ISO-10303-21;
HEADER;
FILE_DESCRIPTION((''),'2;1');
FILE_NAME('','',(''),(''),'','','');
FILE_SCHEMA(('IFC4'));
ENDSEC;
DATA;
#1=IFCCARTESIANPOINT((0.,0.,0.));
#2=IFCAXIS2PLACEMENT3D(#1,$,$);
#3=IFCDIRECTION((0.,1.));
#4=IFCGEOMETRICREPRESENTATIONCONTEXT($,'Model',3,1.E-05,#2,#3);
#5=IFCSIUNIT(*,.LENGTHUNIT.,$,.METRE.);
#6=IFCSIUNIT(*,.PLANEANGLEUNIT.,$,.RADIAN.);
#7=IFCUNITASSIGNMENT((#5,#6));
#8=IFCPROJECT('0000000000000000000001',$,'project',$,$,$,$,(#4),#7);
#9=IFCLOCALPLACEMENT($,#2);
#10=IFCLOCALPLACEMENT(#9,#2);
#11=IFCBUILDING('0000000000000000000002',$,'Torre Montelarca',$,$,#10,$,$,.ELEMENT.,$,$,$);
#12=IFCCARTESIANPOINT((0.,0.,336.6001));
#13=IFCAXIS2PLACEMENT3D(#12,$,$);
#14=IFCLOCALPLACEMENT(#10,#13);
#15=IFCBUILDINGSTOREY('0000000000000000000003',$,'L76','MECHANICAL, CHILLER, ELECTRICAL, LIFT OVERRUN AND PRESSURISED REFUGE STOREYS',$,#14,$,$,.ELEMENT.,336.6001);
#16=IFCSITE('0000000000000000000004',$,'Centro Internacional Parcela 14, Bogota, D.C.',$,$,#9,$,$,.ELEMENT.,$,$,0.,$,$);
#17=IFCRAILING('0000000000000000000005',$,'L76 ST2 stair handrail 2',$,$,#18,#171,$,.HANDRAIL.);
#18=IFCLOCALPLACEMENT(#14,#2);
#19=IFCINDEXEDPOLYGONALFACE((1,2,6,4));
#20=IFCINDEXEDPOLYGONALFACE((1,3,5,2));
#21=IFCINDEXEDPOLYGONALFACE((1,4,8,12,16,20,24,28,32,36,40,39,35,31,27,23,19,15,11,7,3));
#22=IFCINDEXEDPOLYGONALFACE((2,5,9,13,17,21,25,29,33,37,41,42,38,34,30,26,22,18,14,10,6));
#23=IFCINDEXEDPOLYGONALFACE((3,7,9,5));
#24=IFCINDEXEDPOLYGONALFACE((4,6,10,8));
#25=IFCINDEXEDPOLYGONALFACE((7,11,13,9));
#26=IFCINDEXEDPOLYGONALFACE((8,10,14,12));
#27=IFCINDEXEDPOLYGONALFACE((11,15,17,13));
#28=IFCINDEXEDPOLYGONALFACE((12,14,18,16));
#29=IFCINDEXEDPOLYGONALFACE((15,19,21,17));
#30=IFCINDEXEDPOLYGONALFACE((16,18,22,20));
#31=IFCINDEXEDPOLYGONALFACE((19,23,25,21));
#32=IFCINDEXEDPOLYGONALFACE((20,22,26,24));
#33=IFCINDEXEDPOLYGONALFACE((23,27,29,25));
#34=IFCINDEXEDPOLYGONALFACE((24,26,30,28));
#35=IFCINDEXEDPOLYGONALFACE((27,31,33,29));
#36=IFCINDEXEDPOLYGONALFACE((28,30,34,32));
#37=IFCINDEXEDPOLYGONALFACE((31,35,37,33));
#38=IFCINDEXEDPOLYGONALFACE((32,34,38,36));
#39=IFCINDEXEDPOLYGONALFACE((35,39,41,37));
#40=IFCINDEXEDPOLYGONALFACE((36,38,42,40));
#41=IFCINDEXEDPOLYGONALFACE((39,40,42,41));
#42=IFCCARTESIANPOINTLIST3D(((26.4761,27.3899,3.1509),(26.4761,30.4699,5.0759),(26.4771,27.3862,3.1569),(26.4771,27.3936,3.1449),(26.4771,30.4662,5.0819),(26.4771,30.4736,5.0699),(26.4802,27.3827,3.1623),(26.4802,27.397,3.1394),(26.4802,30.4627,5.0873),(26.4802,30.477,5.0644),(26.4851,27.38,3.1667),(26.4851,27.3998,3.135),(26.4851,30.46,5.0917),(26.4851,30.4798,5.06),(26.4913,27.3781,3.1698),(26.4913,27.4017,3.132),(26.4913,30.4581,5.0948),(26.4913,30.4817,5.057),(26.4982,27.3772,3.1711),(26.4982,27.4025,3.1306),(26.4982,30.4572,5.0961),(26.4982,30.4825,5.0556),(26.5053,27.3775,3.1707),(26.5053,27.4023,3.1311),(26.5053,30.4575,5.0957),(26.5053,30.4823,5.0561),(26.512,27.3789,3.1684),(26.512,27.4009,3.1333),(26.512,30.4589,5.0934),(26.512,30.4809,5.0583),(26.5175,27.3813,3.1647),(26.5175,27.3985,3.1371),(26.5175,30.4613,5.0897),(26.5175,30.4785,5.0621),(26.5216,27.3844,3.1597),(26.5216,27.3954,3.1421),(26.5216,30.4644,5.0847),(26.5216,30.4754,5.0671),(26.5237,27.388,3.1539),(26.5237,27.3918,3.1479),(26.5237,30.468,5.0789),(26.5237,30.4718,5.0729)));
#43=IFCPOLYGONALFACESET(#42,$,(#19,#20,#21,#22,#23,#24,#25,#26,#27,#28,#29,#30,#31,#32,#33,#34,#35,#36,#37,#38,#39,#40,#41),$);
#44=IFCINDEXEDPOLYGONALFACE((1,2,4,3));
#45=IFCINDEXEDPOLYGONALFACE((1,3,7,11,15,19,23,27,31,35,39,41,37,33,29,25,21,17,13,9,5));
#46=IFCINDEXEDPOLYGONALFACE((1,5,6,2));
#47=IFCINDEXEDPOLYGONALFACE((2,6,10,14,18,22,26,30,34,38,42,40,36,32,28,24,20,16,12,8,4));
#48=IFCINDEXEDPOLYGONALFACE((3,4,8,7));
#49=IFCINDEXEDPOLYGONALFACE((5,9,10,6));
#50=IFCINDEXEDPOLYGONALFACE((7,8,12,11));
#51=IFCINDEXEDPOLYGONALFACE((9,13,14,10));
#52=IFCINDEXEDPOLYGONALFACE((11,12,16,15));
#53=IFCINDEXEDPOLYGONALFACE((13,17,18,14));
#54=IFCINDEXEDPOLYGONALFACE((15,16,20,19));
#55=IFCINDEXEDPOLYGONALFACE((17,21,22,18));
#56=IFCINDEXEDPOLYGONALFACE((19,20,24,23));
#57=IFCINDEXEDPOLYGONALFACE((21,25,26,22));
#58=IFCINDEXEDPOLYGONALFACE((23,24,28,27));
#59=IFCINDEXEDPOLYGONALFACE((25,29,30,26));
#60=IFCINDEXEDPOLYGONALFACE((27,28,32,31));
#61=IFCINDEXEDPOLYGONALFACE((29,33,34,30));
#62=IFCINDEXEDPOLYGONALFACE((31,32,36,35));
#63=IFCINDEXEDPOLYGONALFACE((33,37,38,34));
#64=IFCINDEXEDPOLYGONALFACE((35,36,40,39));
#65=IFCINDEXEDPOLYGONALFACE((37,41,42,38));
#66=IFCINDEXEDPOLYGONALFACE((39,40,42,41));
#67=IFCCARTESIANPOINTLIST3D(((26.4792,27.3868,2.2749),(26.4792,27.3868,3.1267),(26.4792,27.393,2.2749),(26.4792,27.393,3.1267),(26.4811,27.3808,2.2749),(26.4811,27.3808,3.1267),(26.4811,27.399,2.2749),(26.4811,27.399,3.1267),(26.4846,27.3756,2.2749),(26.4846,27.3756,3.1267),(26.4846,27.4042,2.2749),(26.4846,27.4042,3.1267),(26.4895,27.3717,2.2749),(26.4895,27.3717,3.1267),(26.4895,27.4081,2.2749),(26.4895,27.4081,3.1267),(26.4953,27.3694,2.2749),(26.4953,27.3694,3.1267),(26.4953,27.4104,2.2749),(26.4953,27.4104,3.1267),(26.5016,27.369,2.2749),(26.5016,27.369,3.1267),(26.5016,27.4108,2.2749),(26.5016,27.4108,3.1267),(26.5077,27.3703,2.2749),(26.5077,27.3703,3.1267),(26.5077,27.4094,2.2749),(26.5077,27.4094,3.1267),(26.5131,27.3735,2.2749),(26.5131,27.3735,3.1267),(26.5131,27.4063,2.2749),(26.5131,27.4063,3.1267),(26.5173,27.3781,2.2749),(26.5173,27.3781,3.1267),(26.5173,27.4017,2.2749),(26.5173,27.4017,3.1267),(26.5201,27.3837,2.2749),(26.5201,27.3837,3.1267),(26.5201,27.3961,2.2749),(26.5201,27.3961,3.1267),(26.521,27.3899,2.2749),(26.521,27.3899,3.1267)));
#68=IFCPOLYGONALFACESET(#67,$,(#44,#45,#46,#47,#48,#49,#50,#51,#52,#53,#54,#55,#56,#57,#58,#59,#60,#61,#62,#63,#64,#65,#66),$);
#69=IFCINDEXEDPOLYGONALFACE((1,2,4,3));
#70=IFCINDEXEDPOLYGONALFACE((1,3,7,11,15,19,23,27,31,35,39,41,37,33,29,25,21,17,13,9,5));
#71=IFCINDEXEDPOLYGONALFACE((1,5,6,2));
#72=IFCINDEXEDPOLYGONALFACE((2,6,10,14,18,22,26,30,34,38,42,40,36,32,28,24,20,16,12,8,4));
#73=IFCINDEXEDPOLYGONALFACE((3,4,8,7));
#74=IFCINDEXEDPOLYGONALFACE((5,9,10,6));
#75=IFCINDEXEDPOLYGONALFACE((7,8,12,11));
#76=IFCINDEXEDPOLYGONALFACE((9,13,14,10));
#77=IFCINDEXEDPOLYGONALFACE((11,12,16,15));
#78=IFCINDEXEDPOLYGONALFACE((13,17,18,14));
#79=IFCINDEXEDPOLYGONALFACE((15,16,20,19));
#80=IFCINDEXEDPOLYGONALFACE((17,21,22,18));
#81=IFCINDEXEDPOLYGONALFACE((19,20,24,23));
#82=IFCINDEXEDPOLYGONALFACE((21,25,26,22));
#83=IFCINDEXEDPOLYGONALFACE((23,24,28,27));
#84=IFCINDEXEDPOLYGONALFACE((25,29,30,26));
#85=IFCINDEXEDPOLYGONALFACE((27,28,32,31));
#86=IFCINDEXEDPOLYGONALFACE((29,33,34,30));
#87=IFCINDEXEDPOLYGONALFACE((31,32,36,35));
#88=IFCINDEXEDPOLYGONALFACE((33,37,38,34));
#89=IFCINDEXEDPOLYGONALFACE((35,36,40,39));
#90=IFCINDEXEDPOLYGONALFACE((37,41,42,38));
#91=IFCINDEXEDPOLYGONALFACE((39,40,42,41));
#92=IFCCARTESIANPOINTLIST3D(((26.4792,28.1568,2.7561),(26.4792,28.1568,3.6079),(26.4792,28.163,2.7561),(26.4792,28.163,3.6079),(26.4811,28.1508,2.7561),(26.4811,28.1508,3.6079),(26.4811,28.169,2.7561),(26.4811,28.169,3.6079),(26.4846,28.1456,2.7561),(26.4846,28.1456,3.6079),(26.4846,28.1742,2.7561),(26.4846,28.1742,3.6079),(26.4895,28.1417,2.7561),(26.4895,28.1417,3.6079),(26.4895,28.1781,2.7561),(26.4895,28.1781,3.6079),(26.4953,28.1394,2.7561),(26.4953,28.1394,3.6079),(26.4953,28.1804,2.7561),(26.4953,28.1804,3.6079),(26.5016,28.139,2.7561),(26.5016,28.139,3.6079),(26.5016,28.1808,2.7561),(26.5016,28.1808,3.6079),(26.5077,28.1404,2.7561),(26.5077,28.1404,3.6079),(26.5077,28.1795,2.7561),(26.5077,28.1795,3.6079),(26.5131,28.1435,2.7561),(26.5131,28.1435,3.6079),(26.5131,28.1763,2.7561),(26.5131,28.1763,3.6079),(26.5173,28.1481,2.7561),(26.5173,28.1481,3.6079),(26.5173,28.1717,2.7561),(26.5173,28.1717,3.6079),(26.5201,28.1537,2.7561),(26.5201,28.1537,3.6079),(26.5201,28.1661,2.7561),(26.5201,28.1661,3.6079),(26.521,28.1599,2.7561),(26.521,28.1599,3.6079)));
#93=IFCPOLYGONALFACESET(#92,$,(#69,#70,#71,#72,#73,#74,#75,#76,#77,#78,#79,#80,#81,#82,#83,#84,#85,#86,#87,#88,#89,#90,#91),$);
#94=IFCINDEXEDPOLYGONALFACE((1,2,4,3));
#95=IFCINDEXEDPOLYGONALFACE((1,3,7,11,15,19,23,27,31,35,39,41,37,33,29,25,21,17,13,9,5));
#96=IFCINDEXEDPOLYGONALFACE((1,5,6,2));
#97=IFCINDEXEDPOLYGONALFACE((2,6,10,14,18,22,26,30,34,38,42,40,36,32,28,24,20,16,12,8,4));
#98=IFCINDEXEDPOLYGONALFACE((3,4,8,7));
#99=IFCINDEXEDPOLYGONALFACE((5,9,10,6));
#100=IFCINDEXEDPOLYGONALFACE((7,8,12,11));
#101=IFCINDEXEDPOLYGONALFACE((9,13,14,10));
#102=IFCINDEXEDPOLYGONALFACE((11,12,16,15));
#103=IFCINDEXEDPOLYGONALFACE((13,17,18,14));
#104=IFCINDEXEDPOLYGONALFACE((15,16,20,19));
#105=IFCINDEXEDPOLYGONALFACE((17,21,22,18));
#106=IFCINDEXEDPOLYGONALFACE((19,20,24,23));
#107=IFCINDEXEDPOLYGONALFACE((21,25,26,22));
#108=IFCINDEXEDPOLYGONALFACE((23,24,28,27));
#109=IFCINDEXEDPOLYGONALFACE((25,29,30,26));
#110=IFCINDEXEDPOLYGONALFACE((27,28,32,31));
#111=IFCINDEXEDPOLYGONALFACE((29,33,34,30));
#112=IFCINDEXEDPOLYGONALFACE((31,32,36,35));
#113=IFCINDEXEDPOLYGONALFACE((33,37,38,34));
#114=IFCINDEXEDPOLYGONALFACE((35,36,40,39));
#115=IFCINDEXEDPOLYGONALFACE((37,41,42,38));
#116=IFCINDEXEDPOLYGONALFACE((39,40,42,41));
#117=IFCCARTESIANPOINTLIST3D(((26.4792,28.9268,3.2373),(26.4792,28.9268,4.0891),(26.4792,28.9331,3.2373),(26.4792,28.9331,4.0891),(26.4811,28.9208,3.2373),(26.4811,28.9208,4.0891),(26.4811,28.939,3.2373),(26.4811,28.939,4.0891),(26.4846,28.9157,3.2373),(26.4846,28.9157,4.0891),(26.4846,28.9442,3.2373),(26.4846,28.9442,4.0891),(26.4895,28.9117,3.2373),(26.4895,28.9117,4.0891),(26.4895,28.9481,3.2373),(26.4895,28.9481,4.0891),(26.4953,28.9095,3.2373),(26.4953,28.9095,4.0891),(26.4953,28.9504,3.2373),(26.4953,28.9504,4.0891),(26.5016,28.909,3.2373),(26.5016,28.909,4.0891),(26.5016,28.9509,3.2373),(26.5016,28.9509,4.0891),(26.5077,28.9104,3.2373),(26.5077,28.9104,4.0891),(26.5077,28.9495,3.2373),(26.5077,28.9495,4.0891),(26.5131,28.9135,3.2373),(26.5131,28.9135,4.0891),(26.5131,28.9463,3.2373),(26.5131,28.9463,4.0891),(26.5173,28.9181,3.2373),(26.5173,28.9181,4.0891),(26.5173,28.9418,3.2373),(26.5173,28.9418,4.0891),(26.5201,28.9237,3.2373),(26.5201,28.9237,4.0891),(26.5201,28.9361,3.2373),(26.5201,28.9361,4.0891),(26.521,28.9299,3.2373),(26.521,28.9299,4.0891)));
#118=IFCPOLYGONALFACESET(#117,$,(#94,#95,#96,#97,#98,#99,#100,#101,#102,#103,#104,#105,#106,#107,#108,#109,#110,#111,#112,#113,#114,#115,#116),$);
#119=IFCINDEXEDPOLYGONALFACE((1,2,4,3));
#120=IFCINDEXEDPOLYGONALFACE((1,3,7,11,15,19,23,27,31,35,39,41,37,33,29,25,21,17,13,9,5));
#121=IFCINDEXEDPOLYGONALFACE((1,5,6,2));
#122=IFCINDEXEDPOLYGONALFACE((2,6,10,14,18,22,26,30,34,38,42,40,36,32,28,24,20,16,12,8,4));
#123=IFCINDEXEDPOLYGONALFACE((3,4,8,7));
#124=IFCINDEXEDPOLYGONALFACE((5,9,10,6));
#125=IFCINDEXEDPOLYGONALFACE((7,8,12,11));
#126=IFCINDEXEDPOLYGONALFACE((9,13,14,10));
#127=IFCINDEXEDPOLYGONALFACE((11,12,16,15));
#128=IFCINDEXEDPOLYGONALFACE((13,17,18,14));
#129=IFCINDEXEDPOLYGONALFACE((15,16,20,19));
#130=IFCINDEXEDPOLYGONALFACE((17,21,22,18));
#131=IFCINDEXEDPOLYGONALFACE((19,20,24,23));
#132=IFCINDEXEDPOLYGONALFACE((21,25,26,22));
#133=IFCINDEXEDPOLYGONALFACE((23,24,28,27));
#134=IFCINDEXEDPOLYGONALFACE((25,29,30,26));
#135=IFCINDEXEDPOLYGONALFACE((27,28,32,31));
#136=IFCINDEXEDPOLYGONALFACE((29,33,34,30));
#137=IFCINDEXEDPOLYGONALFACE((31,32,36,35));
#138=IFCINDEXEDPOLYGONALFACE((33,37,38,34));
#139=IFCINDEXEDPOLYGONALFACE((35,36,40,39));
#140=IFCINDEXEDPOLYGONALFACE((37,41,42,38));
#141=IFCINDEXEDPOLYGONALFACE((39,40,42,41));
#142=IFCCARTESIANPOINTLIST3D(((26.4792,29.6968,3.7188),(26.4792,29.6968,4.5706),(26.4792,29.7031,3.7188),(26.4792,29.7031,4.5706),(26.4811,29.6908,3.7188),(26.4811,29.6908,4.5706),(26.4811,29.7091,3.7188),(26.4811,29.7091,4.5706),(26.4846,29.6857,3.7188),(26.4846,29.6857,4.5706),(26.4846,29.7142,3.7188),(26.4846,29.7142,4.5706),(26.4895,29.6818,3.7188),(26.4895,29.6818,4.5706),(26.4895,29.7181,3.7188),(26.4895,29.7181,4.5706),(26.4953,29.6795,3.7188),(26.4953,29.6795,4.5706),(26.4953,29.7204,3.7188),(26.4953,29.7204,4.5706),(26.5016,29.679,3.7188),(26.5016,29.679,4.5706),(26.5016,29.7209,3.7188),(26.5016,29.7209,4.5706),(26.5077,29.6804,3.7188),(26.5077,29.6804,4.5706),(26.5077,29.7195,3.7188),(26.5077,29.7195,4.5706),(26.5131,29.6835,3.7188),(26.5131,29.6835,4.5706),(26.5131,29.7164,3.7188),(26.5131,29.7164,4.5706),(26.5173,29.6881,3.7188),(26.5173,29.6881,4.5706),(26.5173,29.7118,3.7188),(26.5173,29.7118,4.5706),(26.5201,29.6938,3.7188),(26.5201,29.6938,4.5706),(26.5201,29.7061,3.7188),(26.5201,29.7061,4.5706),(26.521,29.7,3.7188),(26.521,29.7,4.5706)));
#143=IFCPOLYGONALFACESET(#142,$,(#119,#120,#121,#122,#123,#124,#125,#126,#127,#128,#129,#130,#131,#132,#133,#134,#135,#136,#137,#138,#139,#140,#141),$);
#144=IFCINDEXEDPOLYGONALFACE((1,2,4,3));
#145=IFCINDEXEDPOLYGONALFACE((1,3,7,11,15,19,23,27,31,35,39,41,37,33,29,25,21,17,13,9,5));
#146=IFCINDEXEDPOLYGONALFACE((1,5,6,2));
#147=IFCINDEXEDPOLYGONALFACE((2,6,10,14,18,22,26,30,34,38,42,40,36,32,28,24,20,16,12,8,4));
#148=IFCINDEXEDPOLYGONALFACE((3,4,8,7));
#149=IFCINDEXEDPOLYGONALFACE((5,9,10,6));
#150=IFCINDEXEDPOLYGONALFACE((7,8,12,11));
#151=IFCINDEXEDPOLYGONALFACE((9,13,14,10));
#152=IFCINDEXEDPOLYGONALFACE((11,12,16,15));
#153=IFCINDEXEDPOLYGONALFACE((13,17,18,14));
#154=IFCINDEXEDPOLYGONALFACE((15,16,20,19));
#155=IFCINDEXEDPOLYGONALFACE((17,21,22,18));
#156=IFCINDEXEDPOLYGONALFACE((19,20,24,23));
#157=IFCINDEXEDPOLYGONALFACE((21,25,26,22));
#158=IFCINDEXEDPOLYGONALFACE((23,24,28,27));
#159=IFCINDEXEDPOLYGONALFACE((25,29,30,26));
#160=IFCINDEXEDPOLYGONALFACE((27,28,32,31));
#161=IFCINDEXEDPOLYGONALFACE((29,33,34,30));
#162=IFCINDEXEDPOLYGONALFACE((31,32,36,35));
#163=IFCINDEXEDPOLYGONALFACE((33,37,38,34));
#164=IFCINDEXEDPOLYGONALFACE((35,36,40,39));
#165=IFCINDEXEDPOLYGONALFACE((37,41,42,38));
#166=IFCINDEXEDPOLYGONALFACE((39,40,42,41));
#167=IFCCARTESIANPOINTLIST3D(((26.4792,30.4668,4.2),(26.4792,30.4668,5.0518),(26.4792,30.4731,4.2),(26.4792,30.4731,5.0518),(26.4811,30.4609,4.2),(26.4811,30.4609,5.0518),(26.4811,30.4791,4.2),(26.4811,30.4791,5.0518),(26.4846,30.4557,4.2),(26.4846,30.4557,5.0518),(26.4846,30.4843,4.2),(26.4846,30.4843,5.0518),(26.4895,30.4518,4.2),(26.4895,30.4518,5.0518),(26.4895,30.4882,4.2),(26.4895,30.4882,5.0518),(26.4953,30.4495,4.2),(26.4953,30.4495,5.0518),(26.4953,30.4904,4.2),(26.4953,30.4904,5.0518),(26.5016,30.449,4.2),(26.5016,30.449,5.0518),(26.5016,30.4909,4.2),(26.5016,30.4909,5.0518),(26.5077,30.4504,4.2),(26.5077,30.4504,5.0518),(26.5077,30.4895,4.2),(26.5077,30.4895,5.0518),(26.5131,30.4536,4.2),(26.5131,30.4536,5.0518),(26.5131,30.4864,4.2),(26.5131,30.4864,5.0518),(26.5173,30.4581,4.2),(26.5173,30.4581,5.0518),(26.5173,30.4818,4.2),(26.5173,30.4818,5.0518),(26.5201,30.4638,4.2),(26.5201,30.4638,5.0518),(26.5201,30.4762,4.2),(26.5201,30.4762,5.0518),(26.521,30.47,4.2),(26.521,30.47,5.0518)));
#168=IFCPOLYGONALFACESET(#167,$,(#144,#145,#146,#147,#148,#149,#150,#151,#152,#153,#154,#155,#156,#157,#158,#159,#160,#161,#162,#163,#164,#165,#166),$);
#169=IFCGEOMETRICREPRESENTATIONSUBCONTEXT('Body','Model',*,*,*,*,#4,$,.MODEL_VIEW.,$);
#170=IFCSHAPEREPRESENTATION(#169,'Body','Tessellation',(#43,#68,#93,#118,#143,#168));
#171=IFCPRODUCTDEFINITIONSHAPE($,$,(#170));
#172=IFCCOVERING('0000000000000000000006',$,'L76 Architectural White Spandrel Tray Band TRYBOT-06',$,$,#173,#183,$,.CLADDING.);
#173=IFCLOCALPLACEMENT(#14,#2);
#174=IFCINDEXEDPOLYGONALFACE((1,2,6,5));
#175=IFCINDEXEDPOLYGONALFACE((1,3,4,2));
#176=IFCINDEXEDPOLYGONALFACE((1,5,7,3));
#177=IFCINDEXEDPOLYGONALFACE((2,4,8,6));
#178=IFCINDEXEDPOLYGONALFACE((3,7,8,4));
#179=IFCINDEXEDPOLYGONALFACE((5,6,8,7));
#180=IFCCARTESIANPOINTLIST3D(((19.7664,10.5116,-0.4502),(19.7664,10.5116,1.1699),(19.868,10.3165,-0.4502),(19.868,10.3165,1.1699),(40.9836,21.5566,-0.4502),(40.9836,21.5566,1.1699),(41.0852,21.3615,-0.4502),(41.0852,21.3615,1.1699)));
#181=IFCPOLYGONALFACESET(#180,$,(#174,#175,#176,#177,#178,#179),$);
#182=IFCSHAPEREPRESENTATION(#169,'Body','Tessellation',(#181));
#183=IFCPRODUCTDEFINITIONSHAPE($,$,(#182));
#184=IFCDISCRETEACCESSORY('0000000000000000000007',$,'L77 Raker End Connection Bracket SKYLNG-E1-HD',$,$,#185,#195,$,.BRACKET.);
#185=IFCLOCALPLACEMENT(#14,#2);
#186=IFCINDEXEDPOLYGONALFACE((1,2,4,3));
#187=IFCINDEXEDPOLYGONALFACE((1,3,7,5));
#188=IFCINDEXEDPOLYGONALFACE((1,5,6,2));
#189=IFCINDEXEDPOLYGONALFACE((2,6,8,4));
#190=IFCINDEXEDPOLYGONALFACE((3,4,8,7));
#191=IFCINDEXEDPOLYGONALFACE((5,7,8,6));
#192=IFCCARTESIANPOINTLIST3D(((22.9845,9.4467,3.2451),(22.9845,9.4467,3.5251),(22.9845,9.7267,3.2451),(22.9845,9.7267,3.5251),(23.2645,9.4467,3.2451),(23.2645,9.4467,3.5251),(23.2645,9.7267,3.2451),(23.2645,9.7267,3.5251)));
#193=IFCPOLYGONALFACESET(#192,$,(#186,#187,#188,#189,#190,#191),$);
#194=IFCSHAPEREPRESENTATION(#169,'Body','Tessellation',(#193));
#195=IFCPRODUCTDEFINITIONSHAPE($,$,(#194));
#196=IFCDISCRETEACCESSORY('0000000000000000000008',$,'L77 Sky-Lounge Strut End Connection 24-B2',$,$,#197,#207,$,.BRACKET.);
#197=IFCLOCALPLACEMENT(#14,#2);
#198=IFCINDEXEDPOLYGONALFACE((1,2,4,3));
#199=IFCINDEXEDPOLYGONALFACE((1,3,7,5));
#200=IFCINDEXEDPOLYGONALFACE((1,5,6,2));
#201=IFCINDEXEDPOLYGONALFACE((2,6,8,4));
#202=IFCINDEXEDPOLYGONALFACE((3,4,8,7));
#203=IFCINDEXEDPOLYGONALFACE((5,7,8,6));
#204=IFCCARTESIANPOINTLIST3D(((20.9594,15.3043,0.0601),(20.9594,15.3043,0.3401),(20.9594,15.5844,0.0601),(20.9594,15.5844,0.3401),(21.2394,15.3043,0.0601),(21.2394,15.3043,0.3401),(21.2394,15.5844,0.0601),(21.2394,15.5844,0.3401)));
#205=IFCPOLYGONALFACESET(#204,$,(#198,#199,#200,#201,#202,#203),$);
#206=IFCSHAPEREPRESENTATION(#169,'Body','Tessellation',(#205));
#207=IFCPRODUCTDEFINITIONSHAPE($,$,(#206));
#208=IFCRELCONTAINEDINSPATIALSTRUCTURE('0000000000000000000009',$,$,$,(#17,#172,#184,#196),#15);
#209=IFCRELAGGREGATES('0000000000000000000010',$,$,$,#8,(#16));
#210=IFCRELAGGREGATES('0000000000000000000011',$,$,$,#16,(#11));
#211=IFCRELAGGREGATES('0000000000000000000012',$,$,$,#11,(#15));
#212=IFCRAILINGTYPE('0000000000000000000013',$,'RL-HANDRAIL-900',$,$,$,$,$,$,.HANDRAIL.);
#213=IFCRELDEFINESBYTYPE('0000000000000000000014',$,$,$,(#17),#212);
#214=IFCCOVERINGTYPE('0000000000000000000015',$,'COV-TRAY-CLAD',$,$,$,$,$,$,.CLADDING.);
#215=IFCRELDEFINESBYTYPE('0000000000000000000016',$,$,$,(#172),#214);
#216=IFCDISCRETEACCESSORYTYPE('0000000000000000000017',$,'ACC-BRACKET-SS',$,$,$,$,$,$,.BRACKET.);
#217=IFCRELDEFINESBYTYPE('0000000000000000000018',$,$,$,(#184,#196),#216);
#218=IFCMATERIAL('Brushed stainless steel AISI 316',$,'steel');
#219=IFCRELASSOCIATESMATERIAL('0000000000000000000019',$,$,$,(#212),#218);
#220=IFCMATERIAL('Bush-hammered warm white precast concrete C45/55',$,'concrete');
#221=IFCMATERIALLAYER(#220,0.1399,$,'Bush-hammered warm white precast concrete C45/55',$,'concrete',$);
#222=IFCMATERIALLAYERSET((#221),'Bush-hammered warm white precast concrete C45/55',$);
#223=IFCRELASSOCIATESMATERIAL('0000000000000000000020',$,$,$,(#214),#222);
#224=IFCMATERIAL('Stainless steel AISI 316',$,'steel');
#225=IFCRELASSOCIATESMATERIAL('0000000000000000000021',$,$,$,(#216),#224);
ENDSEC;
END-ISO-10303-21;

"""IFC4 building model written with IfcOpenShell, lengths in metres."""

from ifc_helpers import new_model, si_unit, direction, frame, origin, origin_2d, place, context, subcontext, project, spatial, rectangle, circle, extrude, source, transform, mapped, material, layer, layer_set, type_object, element, save


model = new_model("IFC4")

# Units and contexts
model_context = context("Model", 3, precision=1e-05, world=origin(), true_north=direction((0.0, 1.0)))
body_context = subcontext(model_context, "Body", "Model", "MODEL_VIEW")
ifc_project = project(units=[si_unit("LENGTHUNIT", "METRE"), si_unit("PLANEANGLEUNIT", "RADIAN")], contexts=[model_context])

# Site, building, storey
site_placement = place(None, origin())
site = spatial("IfcSite", under=ifc_project, at=site_placement, Name="Centro Internacional Parcela 14, Bogota, D.C.", CompositionType="ELEMENT", RefElevation=0.0)
building_placement = place(site_placement, origin())
building = spatial("IfcBuilding", under=site, at=building_placement, Name="Torre Montelarca", CompositionType="ELEMENT")
storey_placement = place(building_placement, frame((0.0, 0.0, 336.6001)))
storey = spatial("IfcBuildingStorey", under=building, at=storey_placement, Name="L76", Description="MECHANICAL, CHILLER, ELECTRICAL, LIFT OVERRUN AND PRESSURISED REFUGE STOREYS", CompositionType="ELEMENT", Elevation=336.6001)

# Railing
ifc_material_1 = material(Name="Brushed stainless steel AISI 316", Category="steel")
railing_type_1 = type_object("IfcRailingType", Name="RL-HANDRAIL-900", PredefinedType="HANDRAIL", material=ifc_material_1)
railing_1_placement = place(storey_placement, frame((26.5, 27.3899, 2.2749)))
element("IfcRailing", 1, at=railing_1_placement, inside=storey, type_object=railing_type_1, Name="L76 ST2 stair handrail 2", PredefinedType="HANDRAIL", context=body_context, shape_type="SweptSolid", body=[
    extrude(circle(Radius=0.0239, at=origin_2d()), frame((0.0, 0.0, 0.876), z_axis=(0.0, 0.847998, 0.529999), x_axis=(-1.0, 0.0, 0.0)), (0.0, 0.0, 1.0), 3.6321),
    extrude(circle(Radius=0.021, at=origin_2d()), origin(), (0.0, 0.0, 1.0), 0.8518),
    extrude(circle(Radius=0.021, at=origin_2d()), frame((0.0, 0.77, 0.4812)), (0.0, 0.0, 1.0), 0.8518),
    extrude(circle(Radius=0.021, at=origin_2d()), frame((0.0, 1.54, 0.9624)), (0.0, 0.0, 1.0), 0.8518),
    extrude(circle(Radius=0.021, at=origin_2d()), frame((0.0, 2.3101, 1.4438)), (0.0, 0.0, 1.0), 0.8518),
    extrude(circle(Radius=0.021, at=origin_2d()), frame((0.0, 3.0801, 1.925)), (0.0, 0.0, 1.0), 0.8518),
])

# Covering
ifc_material_2 = material(Name="Bush-hammered warm white precast concrete C45/55", Category="concrete")
ifc_layer_1 = layer(ifc_material_2, 0.1399, Name="Bush-hammered warm white precast concrete C45/55", Category="concrete")
ifc_layer_set_1 = layer_set([ifc_layer_1], Name="Bush-hammered warm white precast concrete C45/55")
covering_type = type_object("IfcCoveringType", Name="COV-TRAY-CLAD", PredefinedType="CLADDING", material=ifc_layer_set_1)
shared_shape_1 = source(origin(), body_context, "Body", "SweptSolid", [
    extrude(rectangle(XDim=23.9199, YDim=0.22, at=origin_2d()), origin(), (0.0, 0.0, 1.0), 1.6201),
])
covering_placement = place(storey_placement, frame((30.4258, 15.9365, -0.4502), z_axis=(0.0, 0.0, 1.0), x_axis=(0.887011, 0.461749, 0.0)))
element("IfcCovering", 2, at=covering_placement, inside=storey, type_object=covering_type, Name="L76 Architectural White Spandrel Tray Band TRYBOT-06", PredefinedType="CLADDING", context=body_context, shape_type="MappedRepresentation", body=[
    mapped(shared_shape_1, transform((0.0, 0.0, 0.0), scale=1.0)),
])

# Discrete accessories
ifc_material_3 = material(Name="Stainless steel AISI 316", Category="steel")
discrete_accessory_type = type_object("IfcDiscreteAccessoryType", Name="ACC-BRACKET-SS", PredefinedType="BRACKET", material=ifc_material_3)
shared_shape_2 = source(origin(), body_context, "Body", "SweptSolid", [
    extrude(rectangle(XDim=0.28, YDim=0.28, at=origin_2d()), origin(), (0.0, 0.0, 1.0), 0.28),
])
for number, where, z_axis, x_axis, name in (
    (3, (23.1245, 9.5867, 3.2451), (0.0, 0.0, 1.0), (1.0, 0.0, 0.0), "L77 Raker End Connection Bracket SKYLNG-E1-HD"),
    (4, (21.0994, 15.4443, 0.0601), (0.0, 0.0, 1.0), (1.0, 0.0, 0.0), "L77 Sky-Lounge Strut End Connection 24-B2"),
):
    element("IfcDiscreteAccessory", number, at=place(storey_placement, frame(where, z_axis=z_axis, x_axis=x_axis)), inside=storey, type_object=discrete_accessory_type, Name=name, PredefinedType="BRACKET", context=body_context, shape_type="MappedRepresentation", body=[
        mapped(shared_shape_2, transform((0.0, 0.0, 0.0), scale=1.0)),
    ])

save(model, "model.ifc")
